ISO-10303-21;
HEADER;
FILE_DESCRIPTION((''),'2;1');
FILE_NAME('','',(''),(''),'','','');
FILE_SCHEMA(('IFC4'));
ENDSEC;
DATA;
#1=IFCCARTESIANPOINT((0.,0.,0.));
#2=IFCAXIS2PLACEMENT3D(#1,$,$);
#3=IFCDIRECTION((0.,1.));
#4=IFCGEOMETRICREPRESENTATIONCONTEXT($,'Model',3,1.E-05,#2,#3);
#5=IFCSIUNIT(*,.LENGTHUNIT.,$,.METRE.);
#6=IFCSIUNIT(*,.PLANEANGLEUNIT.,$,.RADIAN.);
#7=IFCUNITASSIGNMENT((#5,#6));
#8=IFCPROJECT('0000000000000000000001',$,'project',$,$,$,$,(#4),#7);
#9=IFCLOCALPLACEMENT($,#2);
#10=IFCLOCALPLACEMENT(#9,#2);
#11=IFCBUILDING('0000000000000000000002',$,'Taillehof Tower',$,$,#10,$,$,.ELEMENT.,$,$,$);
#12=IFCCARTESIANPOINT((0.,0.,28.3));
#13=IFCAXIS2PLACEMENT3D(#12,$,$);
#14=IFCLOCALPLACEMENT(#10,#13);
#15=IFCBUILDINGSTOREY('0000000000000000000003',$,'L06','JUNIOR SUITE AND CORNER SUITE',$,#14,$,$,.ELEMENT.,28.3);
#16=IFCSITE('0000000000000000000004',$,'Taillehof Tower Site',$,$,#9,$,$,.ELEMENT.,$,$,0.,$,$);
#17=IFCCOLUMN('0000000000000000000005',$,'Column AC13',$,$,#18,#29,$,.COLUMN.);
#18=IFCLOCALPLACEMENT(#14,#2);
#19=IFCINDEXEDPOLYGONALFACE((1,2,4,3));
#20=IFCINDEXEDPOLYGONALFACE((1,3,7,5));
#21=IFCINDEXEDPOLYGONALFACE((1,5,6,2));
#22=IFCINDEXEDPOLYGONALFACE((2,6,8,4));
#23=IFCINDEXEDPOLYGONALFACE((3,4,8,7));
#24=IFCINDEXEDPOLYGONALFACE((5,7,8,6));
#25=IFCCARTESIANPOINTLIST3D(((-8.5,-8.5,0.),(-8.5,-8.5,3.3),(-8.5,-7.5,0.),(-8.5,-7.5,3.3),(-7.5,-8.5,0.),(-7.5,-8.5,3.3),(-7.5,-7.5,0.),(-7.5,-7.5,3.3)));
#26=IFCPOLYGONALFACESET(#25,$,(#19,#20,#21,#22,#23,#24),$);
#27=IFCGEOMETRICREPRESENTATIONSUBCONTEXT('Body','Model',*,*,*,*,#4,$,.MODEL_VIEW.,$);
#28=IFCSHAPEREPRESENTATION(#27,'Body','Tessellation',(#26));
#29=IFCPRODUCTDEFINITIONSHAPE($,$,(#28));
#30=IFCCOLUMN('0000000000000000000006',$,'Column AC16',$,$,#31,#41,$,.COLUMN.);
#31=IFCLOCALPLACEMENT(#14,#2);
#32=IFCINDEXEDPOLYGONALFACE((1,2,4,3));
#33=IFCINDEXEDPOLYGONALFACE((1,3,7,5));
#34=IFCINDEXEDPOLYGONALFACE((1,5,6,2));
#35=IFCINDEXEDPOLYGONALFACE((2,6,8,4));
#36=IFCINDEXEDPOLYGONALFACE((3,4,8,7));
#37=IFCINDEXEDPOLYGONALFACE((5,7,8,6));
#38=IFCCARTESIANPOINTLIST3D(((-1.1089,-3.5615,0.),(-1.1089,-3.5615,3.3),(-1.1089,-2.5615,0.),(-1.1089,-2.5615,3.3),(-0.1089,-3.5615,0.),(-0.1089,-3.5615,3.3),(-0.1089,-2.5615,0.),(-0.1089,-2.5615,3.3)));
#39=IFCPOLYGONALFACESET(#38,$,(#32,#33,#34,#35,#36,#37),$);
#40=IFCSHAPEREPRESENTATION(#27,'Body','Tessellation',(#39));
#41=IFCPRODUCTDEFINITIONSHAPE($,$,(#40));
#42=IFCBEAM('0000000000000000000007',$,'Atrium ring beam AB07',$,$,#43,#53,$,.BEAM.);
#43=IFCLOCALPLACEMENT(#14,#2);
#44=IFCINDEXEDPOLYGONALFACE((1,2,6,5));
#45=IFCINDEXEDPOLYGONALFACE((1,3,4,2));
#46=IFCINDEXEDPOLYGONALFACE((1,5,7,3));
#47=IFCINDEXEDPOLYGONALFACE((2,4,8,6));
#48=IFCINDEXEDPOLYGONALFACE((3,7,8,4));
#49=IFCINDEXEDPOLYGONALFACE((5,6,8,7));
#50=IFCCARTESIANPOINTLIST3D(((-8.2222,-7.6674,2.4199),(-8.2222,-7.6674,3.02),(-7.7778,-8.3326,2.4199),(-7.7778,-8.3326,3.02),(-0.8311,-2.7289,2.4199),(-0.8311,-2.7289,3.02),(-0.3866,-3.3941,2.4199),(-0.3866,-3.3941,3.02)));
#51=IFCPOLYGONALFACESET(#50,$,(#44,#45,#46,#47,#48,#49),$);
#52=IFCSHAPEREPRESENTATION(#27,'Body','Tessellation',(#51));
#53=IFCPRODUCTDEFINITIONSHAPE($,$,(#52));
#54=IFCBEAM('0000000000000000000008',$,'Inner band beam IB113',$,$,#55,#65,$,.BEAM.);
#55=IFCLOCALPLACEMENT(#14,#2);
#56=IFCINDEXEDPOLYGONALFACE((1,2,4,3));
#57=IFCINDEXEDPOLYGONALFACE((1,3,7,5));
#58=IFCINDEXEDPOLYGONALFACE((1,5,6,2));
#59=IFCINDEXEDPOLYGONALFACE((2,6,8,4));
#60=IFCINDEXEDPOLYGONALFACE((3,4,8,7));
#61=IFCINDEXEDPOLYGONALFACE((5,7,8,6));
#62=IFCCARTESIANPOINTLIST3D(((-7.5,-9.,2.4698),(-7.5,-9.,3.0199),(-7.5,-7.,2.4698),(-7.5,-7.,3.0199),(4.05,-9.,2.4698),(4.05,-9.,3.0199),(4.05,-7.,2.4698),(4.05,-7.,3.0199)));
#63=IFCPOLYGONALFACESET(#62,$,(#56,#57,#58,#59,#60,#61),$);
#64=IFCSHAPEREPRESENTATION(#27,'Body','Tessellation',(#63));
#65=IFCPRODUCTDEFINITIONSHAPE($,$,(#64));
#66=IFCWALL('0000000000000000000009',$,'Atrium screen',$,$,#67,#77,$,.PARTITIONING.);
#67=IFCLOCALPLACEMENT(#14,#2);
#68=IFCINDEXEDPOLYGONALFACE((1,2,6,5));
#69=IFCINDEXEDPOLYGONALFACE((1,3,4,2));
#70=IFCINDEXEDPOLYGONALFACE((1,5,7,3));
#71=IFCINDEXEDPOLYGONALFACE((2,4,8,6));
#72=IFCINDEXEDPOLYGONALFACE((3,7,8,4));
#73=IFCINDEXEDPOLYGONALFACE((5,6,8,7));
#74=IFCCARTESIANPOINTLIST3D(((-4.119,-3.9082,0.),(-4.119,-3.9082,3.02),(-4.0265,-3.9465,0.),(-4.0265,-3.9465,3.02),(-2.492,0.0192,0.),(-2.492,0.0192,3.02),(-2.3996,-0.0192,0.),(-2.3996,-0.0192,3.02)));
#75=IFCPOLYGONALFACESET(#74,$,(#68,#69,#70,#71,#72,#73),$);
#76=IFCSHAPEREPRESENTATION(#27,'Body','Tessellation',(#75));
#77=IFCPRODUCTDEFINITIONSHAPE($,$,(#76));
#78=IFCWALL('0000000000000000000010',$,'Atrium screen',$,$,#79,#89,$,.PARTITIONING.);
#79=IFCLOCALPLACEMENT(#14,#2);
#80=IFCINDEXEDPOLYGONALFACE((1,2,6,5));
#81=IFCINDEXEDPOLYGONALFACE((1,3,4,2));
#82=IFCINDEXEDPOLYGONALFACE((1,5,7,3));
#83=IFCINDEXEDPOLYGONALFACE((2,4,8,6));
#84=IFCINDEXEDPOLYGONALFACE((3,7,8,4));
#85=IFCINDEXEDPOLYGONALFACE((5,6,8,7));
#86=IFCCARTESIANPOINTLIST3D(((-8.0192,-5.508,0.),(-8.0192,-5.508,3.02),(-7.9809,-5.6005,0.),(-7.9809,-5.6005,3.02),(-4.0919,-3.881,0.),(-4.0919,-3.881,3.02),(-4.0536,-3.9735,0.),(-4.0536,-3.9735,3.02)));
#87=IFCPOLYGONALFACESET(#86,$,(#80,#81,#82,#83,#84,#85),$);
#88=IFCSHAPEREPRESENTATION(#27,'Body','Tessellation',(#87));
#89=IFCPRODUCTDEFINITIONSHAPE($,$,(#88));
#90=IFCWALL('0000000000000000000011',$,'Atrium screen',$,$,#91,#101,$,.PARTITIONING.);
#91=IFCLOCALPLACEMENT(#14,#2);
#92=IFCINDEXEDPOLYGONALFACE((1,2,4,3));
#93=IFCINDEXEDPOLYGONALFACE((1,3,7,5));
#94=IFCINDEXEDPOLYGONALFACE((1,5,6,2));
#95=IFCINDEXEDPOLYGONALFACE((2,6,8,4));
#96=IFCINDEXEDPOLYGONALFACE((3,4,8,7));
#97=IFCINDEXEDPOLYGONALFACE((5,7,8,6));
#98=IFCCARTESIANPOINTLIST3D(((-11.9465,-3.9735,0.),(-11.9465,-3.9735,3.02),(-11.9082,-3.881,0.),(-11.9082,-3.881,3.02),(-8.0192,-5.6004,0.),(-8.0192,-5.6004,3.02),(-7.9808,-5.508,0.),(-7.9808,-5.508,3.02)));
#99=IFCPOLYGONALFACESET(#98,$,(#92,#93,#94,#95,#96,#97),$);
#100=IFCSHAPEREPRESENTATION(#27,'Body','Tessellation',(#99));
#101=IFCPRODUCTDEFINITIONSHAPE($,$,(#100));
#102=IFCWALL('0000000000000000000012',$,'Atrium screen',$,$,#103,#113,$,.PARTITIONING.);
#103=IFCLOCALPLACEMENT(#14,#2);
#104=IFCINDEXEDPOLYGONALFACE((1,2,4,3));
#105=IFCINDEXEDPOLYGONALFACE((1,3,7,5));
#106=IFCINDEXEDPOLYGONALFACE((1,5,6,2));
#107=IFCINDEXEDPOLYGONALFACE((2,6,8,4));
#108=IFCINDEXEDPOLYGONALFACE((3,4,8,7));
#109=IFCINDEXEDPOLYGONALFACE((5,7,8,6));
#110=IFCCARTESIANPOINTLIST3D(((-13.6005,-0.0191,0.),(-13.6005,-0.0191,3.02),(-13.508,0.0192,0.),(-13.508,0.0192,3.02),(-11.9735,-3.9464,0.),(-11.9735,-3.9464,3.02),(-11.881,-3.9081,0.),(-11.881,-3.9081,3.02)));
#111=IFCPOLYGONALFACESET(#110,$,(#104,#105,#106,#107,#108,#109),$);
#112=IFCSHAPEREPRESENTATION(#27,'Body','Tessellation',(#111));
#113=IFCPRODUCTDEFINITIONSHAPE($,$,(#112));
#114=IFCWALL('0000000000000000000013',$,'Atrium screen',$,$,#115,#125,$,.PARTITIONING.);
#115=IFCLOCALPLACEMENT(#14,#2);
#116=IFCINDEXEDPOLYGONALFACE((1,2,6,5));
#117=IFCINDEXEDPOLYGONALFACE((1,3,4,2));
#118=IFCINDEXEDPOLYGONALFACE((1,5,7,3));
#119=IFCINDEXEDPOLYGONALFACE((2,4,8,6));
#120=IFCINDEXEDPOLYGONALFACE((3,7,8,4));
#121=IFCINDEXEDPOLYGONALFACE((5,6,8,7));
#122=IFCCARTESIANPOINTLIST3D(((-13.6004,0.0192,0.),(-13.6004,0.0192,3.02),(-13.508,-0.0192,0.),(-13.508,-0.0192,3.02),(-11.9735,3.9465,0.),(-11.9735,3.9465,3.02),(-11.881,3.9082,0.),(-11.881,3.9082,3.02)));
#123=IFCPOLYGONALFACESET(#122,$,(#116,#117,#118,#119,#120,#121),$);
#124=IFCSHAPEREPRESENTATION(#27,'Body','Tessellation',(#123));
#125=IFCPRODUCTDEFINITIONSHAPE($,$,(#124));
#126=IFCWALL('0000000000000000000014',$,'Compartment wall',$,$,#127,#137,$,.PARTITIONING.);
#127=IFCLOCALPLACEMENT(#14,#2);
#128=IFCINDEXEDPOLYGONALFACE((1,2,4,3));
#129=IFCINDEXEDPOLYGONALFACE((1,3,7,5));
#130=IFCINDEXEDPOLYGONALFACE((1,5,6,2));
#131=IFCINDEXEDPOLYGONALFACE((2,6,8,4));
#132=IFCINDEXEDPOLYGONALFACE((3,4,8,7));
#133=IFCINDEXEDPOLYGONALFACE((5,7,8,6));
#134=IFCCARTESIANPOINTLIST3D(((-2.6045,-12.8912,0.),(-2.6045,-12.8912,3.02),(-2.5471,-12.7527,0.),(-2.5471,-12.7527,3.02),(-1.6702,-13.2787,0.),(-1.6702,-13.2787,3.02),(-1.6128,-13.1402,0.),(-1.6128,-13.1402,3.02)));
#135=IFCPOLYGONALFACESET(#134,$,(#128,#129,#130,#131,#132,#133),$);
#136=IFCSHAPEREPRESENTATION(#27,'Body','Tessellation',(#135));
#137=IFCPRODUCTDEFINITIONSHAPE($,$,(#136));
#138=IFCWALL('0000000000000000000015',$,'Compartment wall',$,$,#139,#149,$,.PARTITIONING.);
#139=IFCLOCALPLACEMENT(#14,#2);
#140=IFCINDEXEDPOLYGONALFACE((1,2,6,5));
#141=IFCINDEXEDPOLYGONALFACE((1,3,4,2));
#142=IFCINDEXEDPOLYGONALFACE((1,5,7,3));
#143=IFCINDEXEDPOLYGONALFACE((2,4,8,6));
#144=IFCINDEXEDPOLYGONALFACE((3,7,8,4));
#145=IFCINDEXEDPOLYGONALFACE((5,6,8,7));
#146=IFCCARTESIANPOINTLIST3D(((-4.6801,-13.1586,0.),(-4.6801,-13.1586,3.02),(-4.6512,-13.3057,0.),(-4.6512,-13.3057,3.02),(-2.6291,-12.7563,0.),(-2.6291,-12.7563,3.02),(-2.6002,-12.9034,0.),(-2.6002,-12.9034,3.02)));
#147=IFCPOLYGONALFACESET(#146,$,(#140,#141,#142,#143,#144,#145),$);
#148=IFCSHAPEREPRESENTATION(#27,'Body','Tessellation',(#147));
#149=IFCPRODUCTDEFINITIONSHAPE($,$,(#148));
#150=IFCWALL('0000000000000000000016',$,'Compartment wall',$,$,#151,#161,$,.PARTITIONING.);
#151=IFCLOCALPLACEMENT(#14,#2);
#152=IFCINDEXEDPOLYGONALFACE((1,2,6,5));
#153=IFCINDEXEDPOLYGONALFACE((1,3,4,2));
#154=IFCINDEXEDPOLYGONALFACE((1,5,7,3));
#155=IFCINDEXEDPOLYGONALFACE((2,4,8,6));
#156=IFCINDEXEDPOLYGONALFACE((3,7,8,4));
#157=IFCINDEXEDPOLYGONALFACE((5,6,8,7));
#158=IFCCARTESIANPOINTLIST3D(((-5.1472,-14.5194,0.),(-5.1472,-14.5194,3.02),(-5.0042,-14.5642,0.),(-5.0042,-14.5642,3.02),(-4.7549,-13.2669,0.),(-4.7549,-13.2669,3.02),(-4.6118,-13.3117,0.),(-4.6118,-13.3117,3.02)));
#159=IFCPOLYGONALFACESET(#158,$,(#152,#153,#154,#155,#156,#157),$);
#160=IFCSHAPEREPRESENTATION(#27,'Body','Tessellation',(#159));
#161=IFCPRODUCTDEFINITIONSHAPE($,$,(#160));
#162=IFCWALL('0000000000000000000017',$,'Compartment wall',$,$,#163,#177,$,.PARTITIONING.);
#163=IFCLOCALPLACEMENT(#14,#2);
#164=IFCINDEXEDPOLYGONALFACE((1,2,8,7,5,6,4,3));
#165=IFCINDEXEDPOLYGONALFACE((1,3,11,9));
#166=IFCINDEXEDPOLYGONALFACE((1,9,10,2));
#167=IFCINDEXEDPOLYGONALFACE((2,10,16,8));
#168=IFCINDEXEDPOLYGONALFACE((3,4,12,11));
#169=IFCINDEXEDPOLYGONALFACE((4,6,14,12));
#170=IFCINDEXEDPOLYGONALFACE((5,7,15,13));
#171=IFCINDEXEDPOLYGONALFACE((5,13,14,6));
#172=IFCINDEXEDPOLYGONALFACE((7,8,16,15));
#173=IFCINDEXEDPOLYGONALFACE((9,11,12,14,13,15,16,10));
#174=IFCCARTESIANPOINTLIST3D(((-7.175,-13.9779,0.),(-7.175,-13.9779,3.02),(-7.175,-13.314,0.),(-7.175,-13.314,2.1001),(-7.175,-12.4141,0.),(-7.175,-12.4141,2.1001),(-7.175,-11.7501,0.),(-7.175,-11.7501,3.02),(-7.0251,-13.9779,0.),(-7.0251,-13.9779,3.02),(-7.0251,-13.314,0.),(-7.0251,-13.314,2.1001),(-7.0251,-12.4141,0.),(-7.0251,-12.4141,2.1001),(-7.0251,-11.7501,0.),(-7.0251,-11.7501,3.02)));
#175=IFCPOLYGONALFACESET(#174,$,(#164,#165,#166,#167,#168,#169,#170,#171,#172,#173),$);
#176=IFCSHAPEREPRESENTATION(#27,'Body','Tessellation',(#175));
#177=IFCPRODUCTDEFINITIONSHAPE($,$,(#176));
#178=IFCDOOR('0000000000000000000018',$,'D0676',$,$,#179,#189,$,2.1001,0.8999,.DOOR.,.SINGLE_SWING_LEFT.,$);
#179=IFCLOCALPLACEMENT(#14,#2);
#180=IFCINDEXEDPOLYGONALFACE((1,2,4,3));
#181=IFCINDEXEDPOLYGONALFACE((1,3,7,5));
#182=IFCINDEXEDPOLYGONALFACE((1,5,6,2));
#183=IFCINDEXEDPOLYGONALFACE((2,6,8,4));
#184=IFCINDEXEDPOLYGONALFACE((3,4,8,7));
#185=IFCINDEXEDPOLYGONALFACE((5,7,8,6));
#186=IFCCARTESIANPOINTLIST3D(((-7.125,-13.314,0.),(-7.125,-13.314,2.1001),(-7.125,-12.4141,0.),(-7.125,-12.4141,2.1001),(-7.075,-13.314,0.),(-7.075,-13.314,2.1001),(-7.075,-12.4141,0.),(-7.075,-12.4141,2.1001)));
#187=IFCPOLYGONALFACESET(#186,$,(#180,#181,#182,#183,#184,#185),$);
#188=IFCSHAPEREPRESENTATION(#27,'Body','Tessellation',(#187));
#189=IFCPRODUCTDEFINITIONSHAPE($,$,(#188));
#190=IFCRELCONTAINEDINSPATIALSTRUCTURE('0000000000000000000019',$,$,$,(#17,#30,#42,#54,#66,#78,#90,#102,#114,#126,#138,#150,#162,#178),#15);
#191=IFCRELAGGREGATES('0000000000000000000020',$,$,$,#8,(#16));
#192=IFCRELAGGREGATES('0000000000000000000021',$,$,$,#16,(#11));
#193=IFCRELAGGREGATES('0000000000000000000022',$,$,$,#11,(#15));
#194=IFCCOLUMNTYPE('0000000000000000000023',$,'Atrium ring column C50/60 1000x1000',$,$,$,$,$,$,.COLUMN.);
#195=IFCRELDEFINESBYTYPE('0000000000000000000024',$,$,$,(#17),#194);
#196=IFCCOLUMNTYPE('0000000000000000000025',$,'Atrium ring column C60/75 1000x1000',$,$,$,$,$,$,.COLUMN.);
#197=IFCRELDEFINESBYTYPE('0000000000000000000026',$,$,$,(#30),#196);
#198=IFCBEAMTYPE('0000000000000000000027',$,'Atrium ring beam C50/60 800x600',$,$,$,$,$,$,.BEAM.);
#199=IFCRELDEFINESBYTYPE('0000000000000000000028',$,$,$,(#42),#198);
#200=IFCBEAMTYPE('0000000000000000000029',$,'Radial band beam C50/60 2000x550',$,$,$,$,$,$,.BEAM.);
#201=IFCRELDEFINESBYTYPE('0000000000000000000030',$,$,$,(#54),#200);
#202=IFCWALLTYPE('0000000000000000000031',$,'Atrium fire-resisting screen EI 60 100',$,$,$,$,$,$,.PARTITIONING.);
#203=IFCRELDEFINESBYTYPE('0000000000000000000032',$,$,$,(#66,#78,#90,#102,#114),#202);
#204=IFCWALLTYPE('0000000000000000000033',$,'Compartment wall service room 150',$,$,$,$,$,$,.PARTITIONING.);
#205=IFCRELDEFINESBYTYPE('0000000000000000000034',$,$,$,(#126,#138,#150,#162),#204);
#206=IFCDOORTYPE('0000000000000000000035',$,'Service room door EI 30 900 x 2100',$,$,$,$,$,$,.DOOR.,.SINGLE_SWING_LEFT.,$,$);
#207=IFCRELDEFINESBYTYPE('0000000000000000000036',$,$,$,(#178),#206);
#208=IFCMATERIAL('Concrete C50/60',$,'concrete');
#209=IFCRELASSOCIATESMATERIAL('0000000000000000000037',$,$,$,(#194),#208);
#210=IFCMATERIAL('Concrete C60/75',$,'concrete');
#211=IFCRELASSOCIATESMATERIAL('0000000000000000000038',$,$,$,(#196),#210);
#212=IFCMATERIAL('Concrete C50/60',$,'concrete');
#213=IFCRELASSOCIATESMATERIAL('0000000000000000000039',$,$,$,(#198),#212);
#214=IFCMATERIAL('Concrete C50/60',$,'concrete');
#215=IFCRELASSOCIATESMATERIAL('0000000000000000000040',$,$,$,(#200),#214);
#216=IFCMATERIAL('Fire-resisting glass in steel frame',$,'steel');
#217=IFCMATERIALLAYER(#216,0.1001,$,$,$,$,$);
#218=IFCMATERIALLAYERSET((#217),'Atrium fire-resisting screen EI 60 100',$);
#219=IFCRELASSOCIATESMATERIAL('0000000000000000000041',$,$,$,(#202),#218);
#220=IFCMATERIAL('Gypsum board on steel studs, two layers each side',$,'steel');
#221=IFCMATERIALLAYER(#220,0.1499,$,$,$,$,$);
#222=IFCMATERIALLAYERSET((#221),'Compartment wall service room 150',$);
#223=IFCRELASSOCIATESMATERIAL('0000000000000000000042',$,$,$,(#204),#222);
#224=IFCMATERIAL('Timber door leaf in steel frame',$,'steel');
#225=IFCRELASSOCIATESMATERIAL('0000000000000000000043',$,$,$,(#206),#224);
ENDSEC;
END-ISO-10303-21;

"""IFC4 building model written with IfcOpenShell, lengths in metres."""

from ifc_helpers import new_model, si_unit, direction, frame, frame_2d, origin, origin_2d, place, context, subcontext, project, spatial, rectangle, extrude, material, layer, layer_set, material_profile, profile_set, type_object, element, fill, save


model = new_model("IFC4")

# Units and contexts
model_context = context("Model", 3, precision=1e-05, world=origin(), true_north=direction((0.0, 1.0)))
body_context = subcontext(model_context, "Body", "Model", "MODEL_VIEW")
ifc_project = project(units=[si_unit("LENGTHUNIT", "METRE"), si_unit("PLANEANGLEUNIT", "RADIAN")], contexts=[model_context])

# Site, building, storey
site_placement = place(None, origin())
site = spatial("IfcSite", under=ifc_project, at=site_placement, Name="Taillehof Tower Site", CompositionType="ELEMENT", RefElevation=0.0)
building_placement = place(site_placement, origin())
building = spatial("IfcBuilding", under=site, at=building_placement, Name="Taillehof Tower", CompositionType="ELEMENT")
storey_placement = place(building_placement, frame((0.0, 0.0, 28.3)))
storey = spatial("IfcBuildingStorey", under=building, at=storey_placement, Name="L06", Description="JUNIOR SUITE AND CORNER SUITE", CompositionType="ELEMENT", Elevation=28.3)

# Columns
ifc_material_1 = material(Name="Concrete C50/60", Category="concrete")
ifc_material_profile_1 = material_profile(ifc_material_1, rectangle(XDim=1.0, YDim=1.0, at=origin_2d()), Name="RC 1000x1000")
ifc_profile_set_1 = profile_set([ifc_material_profile_1], Name="Concrete C50/60")
column_type_1 = type_object("IfcColumnType", Name="Atrium ring column C50/60 1000x1000", PredefinedType="COLUMN", material=ifc_profile_set_1)
column_1_placement = place(storey_placement, frame((-8.0, -8.0, 0.0), z_axis=(0.0, 0.0, 1.0), x_axis=(1.0, 0.0, 0.0)))
element("IfcColumn", 1, at=column_1_placement, inside=storey, type_object=column_type_1, Name="Column AC13", PredefinedType="COLUMN", context=body_context, shape_type="SweptSolid", body=[
    extrude(rectangle(XDim=1.0, YDim=1.0, at=origin_2d()), origin(), (0.0, 0.0, 1.0), 3.3),
])
ifc_material_2 = material(Name="Concrete C60/75", Category="concrete")
ifc_material_profile_2 = material_profile(ifc_material_2, rectangle(XDim=1.0, YDim=1.0, at=origin_2d()), Name="RC 1000x1000")
ifc_profile_set_2 = profile_set([ifc_material_profile_2], Name="Concrete C60/75")
column_type_2 = type_object("IfcColumnType", Name="Atrium ring column C60/75 1000x1000", PredefinedType="COLUMN", material=ifc_profile_set_2)
column_2_placement = place(storey_placement, frame((-0.6089, -3.0615, 0.0), z_axis=(0.0, 0.0, 1.0), x_axis=(1.0, 0.0, 0.0)))
element("IfcColumn", 2, at=column_2_placement, inside=storey, type_object=column_type_2, Name="Column AC16", PredefinedType="COLUMN", context=body_context, shape_type="SweptSolid", body=[
    extrude(rectangle(XDim=1.0, YDim=1.0, at=origin_2d()), origin(), (0.0, 0.0, 1.0), 3.3),
])

# Beams
ifc_material_3 = material(Name="Concrete C50/60", Category="concrete")
ifc_material_profile_3 = material_profile(ifc_material_3, rectangle(XDim=0.8, YDim=0.6001, at=origin_2d()), Name="RC 800x600")
ifc_profile_set_3 = profile_set([ifc_material_profile_3], Name="Concrete C50/60")
beam_type_1 = type_object("IfcBeamType", Name="Atrium ring beam C50/60 800x600", PredefinedType="BEAM", material=ifc_profile_set_3)
beam_1_placement = place(storey_placement, frame((-8.0, -8.0, 2.72), z_axis=(0.831475, 0.555562, 0.0), x_axis=(-0.555562, 0.831475, 0.0)))
element("IfcBeam", 3, at=beam_1_placement, inside=storey, type_object=beam_type_1, Name="Atrium ring beam AB07", PredefinedType="BEAM", context=body_context, shape_type="SweptSolid", body=[
    extrude(rectangle(XDim=0.8, YDim=0.6001, at=origin_2d()), origin(), (0.0, 0.0, 1.0), 8.8892),
])
ifc_material_4 = material(Name="Concrete C50/60", Category="concrete")
ifc_material_profile_4 = material_profile(ifc_material_4, rectangle(XDim=2.0, YDim=0.55, at=origin_2d()), Name="RC 2000x550")
ifc_profile_set_4 = profile_set([ifc_material_profile_4], Name="Concrete C50/60")
beam_type_2 = type_object("IfcBeamType", Name="Radial band beam C50/60 2000x550", PredefinedType="BEAM", material=ifc_profile_set_4)
beam_2_placement = place(storey_placement, frame((-7.5, -8.0, 2.7449), z_axis=(1.0, 0.0, 0.0), x_axis=(0.0, 1.0, 0.0)))
element("IfcBeam", 4, at=beam_2_placement, inside=storey, type_object=beam_type_2, Name="Inner band beam IB113", PredefinedType="BEAM", context=body_context, shape_type="SweptSolid", body=[
    extrude(rectangle(XDim=2.0, YDim=0.55, at=origin_2d()), origin(), (0.0, 0.0, 1.0), 11.55),
])

# Walls
ifc_material_5 = material(Name="Fire-resisting glass in steel frame", Category="steel")
ifc_layer_1 = layer(ifc_material_5, 0.1001)
ifc_layer_set_1 = layer_set([ifc_layer_1], Name="Atrium fire-resisting screen EI 60 100")
wall_type_1 = type_object("IfcWallType", Name="Atrium fire-resisting screen EI 60 100", PredefinedType="PARTITIONING", material=ifc_layer_set_1)
for number, where, z_axis, x_axis, name in (
    (5, (-2.4458, 0.0, 0.0), (0.0, 0.0, 1.0), (-0.382731, -0.92386, 0.0), "Atrium screen"),
    (6, (-4.0728, -3.9272, 0.0), (0.0, 0.0, 1.0), (-0.92386, -0.382731, 0.0), "Atrium screen"),
    (7, (-8.0, -5.5542, 0.0), (0.0, 0.0, 1.0), (-0.92386, 0.382731, 0.0), "Atrium screen"),
    (8, (-11.9272, -3.9272, 0.0), (0.0, 0.0, 1.0), (-0.382731, 0.92386, 0.0), "Atrium screen"),
    (9, (-13.5542, 0.0, 0.0), (0.0, 0.0, 1.0), (0.382731, 0.92386, 0.0), "Atrium screen"),
):
    element("IfcWall", number, at=place(storey_placement, frame(where, z_axis=z_axis, x_axis=x_axis)), inside=storey, type_object=wall_type_1, Name=name, PredefinedType="PARTITIONING", context=body_context, shape_type="SweptSolid", body=[
        extrude(rectangle(XDim=4.251, YDim=0.1001, at=frame_2d((2.1255, 0.0))), origin(), (0.0, 0.0, 1.0), 3.02),
    ])
ifc_material_6 = material(Name="Gypsum board on steel studs, two layers each side", Category="steel")
ifc_layer_2 = layer(ifc_material_6, 0.1499)
ifc_layer_set_2 = layer_set([ifc_layer_2], Name="Compartment wall service room 150")
wall_type_2 = type_object("IfcWallType", Name="Compartment wall service room 150", PredefinedType="PARTITIONING", material=ifc_layer_set_2)
wall_1_placement = place(storey_placement, frame((-1.6414, -13.2095, 0.0), z_axis=(0.0, 0.0, 1.0), x_axis=(-0.923725, 0.383055, 0.0)))
element("IfcWall", 10, at=wall_1_placement, inside=storey, type_object=wall_type_2, Name="Compartment wall", PredefinedType="PARTITIONING", context=body_context, shape_type="SweptSolid", body=[
    extrude(rectangle(XDim=1.0115, YDim=0.1499, at=frame_2d((0.5059, 0.0))), origin(), (0.0, 0.0, 1.0), 3.02),
])
wall_2_placement = place(storey_placement, frame((-2.6147, -12.8298, 0.0), z_axis=(0.0, 0.0, 1.0), x_axis=(-0.981297, -0.192498, 0.0)))
element("IfcWall", 11, at=wall_2_placement, inside=storey, type_object=wall_type_2, Name="Compartment wall", PredefinedType="PARTITIONING", context=body_context, shape_type="SweptSolid", body=[
    extrude(rectangle(XDim=2.0901, YDim=0.1499, at=frame_2d((1.0449, 0.0))), origin(), (0.0, 0.0, 1.0), 3.02),
])
wall_3_placement = place(storey_placement, frame((-4.6833, -13.2893, 0.0), z_axis=(0.0, 0.0, 1.0), x_axis=(-0.298932, -0.954275, 0.0)))
element("IfcWall", 12, at=wall_3_placement, inside=storey, type_object=wall_type_2, Name="Compartment wall", PredefinedType="PARTITIONING", context=body_context, shape_type="SweptSolid", body=[
    extrude(rectangle(XDim=1.3125, YDim=0.1499, at=frame_2d((0.6562, 0.0))), origin(), (0.0, 0.0, 1.0), 3.02),
])

# Wall, opening, door
wall_4_placement = place(storey_placement, frame((-7.1001, -13.9778, 0.0), z_axis=(0.0, 0.0, 1.0), x_axis=(0.0, 1.0, 0.0)))
wall_4 = element("IfcWall", 13, at=wall_4_placement, inside=storey, type_object=wall_type_2, Name="Compartment wall", PredefinedType="PARTITIONING", context=body_context, shape_type="SweptSolid", body=[
    extrude(rectangle(XDim=2.2278, YDim=0.1499, at=frame_2d((1.1138, 0.0))), origin(), (0.0, 0.0, 1.0), 3.02),
])
opening_1_placement = place(wall_4_placement, frame((0.6638, 0.0, 0.0)))
opening_1 = element("IfcOpeningElement", 14, at=opening_1_placement, cuts=wall_4, PredefinedType="OPENING", context=body_context, shape_type="SweptSolid", body=[
    extrude(rectangle(XDim=0.8999, YDim=2.1001, at=frame_2d((0.45, 1.05))), frame((0.0, 0.085, 0.0), z_axis=(0.0, -1.0, 0.0), x_axis=(1.0, 0.0, 0.0)), (0.0, 0.0, 1.0), 0.1699),
])
ifc_material_7 = material(Name="Timber door leaf in steel frame", Category="steel")
door_type_1 = type_object("IfcDoorType", Name="Service room door EI 30 900 x 2100", OperationType="SINGLE_SWING_LEFT", PredefinedType="DOOR", material=ifc_material_7)
door_1_placement = place(opening_1_placement, origin())
door_1 = element("IfcDoor", 15, at=door_1_placement, inside=storey, type_object=door_type_1, Name="D0676", OperationType="SINGLE_SWING_LEFT", OverallHeight=2.1001, OverallWidth=0.8999, PredefinedType="DOOR", context=body_context, shape_type="SweptSolid", body=[
    extrude(rectangle(XDim=0.8999, YDim=2.1001, at=frame_2d((0.45, 1.05))), frame((0.0, 0.0249, 0.0), z_axis=(0.0, -1.0, 0.0), x_axis=(1.0, 0.0, 0.0)), (0.0, 0.0, 1.0), 0.05),
])
fill(opening_1, door_1)

save(model, "model.ifc")
